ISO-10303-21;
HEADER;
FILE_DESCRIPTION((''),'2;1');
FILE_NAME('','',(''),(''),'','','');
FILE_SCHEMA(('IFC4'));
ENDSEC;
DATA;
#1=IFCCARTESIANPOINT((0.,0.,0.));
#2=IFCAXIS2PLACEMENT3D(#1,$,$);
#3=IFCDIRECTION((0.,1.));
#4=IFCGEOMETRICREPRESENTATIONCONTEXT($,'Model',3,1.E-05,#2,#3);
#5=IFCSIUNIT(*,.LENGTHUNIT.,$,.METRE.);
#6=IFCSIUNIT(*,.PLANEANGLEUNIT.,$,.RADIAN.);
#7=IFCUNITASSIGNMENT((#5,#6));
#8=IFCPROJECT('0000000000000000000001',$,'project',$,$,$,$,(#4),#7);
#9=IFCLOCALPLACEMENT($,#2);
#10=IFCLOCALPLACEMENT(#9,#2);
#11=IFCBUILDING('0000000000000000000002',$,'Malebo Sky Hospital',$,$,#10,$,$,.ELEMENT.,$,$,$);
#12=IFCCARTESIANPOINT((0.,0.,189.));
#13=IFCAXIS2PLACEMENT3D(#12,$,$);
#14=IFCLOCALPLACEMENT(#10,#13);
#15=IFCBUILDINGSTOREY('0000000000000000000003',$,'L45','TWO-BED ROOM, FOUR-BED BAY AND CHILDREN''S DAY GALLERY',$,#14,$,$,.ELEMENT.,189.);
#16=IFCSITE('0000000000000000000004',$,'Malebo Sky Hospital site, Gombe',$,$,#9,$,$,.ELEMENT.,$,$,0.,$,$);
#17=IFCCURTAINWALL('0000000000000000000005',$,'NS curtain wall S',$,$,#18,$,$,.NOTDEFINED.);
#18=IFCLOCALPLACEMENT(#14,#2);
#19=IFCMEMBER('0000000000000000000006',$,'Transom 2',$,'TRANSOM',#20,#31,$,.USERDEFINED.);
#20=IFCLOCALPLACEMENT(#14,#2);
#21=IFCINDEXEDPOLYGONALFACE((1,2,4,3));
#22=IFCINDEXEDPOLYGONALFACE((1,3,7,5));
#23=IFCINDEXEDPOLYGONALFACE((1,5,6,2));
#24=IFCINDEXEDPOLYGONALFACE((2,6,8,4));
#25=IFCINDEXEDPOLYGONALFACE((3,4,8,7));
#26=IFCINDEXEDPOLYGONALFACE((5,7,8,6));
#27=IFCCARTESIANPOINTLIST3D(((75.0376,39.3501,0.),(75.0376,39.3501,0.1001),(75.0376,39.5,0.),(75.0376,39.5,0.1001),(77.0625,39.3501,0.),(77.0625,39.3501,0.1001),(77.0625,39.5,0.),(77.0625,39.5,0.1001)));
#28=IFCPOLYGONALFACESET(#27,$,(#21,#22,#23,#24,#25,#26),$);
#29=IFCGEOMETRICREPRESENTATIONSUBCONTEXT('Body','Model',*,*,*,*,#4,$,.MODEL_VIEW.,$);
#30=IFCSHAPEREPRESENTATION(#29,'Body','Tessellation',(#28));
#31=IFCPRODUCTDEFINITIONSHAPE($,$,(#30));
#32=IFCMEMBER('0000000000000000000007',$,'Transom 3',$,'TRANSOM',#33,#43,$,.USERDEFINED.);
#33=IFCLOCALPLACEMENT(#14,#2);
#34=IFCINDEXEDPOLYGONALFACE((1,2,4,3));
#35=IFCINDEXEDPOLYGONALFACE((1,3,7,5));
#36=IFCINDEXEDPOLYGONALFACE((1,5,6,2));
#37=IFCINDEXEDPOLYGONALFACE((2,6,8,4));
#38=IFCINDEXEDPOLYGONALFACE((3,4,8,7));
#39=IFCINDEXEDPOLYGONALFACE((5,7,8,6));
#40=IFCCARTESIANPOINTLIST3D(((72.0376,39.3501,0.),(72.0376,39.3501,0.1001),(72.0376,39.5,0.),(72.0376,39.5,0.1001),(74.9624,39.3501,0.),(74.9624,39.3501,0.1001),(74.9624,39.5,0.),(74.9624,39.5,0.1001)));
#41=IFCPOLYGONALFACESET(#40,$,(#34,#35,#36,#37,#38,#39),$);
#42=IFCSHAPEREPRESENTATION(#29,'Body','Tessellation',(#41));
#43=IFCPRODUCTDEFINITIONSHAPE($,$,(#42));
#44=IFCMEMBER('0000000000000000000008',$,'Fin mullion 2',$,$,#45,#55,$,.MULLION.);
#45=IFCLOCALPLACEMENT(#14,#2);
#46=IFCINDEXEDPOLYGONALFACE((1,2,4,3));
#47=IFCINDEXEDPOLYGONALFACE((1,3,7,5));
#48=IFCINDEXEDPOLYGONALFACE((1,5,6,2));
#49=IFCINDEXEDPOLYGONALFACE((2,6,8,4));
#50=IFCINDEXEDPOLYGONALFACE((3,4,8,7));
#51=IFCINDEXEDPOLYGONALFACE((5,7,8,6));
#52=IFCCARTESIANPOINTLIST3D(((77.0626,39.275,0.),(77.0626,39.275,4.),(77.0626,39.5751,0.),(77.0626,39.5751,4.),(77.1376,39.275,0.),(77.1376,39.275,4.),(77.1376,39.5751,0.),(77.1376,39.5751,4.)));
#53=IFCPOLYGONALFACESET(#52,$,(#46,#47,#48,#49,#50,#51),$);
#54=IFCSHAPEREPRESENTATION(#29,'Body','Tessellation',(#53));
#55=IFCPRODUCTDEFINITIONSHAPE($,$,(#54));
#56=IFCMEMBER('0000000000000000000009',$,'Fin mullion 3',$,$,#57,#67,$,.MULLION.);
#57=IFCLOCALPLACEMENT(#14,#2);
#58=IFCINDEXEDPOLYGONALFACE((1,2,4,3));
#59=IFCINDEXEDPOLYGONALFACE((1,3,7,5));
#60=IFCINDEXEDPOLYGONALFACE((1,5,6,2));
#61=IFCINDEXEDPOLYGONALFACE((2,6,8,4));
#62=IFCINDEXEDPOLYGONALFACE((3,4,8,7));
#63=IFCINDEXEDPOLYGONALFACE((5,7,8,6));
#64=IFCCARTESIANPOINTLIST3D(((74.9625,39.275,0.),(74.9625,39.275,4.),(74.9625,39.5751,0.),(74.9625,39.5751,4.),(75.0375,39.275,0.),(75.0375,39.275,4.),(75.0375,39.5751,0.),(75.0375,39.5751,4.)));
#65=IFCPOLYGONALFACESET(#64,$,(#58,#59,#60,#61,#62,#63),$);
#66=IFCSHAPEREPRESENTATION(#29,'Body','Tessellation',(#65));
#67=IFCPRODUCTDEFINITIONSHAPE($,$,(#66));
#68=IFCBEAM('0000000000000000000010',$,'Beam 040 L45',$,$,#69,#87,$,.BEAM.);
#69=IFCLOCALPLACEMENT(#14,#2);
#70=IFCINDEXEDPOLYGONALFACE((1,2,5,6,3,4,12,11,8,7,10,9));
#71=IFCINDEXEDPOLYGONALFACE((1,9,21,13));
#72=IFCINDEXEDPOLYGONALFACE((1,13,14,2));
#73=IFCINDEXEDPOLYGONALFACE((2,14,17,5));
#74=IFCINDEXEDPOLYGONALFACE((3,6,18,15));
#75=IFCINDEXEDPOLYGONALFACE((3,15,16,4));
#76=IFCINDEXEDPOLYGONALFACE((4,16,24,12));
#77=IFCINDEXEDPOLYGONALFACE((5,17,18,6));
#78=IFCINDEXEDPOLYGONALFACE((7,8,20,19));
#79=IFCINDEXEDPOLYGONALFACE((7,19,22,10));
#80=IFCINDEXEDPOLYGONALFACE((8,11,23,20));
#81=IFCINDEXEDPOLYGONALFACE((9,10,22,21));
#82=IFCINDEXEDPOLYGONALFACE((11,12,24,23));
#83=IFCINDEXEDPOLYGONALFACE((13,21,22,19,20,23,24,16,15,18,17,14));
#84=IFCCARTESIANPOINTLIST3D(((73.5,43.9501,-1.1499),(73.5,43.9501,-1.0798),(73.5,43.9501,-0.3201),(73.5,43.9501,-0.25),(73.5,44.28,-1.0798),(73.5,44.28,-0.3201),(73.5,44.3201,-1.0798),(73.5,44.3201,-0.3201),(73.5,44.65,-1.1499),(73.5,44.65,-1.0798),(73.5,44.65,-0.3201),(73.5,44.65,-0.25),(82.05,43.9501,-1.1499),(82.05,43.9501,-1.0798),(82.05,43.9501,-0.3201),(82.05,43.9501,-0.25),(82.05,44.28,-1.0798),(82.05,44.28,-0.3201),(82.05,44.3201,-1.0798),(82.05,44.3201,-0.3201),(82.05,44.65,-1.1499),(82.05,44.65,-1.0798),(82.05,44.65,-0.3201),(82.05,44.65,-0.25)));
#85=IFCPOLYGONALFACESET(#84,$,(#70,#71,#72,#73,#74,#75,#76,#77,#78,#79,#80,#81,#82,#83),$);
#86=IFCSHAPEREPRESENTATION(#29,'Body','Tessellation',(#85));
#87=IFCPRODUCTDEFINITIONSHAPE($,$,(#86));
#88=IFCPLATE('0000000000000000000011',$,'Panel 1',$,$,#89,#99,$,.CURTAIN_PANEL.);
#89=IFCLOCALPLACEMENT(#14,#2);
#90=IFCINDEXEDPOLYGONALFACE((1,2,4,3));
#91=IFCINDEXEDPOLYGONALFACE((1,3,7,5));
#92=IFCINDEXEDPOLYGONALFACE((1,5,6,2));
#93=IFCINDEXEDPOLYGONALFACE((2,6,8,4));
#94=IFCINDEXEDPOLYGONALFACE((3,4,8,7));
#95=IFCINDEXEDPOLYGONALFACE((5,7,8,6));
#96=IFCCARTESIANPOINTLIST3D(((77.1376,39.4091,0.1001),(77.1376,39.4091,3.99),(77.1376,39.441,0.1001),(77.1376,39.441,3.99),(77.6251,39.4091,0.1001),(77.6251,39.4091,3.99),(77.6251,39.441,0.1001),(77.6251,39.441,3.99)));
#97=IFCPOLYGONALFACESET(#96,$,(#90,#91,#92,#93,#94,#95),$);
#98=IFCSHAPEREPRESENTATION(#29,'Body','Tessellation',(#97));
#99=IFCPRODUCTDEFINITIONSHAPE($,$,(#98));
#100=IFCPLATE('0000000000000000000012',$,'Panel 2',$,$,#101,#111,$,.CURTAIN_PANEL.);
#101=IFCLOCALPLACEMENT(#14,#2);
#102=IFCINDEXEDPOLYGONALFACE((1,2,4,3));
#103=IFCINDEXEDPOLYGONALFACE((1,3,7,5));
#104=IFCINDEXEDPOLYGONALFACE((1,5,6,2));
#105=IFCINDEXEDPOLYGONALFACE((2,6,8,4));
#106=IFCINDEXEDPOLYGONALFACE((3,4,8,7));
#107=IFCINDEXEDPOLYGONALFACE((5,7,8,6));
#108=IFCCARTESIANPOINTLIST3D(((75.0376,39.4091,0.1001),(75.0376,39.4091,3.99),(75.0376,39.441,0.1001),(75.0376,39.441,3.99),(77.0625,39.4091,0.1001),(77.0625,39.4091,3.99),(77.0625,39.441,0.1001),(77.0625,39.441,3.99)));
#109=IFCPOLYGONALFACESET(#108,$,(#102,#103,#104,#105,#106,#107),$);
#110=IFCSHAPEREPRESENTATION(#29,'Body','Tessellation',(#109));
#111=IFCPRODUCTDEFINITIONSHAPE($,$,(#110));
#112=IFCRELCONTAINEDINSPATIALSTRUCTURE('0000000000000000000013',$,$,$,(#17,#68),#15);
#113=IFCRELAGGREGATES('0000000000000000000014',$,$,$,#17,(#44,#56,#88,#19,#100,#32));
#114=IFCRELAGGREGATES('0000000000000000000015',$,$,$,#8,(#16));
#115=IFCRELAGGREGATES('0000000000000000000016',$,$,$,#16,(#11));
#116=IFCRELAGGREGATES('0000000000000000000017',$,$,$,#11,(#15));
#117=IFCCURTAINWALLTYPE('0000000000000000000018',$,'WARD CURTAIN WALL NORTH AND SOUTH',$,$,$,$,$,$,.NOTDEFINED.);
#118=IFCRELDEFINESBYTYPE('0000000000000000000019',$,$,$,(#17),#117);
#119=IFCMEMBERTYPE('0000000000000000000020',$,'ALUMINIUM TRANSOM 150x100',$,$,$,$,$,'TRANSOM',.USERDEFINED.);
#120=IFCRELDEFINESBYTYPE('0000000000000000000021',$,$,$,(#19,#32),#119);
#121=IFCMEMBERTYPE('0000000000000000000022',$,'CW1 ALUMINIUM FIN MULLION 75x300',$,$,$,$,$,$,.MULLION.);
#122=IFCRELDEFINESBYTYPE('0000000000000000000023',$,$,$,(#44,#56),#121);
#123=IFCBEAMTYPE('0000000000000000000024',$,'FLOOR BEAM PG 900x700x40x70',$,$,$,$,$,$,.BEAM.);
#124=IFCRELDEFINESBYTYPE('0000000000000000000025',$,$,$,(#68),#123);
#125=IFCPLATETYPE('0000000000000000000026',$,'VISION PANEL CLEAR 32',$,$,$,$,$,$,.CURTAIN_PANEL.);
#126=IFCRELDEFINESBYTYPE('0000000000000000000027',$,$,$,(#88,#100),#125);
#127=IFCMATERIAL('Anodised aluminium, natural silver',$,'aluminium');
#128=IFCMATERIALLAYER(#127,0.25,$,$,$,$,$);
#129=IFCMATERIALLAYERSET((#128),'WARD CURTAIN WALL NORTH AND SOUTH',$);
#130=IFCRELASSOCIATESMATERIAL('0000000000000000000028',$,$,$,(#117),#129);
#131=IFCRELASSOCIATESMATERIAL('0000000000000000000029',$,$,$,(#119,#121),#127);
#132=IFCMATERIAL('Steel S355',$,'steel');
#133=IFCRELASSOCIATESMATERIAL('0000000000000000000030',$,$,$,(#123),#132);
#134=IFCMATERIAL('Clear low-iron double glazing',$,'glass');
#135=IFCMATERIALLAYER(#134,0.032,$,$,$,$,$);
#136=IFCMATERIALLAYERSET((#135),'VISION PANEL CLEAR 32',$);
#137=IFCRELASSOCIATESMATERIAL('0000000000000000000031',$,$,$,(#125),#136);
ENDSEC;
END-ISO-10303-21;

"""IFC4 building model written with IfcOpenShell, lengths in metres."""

from ifc_helpers import new_model, si_unit, direction, frame, origin, origin_2d, place, context, subcontext, project, spatial, rectangle, i_section, extrude, material, layer, layer_set, material_profile, profile_set, type_object, element, aggregate, save


model = new_model("IFC4")

# Units and contexts
model_context = context("Model", 3, precision=1e-05, world=origin(), true_north=direction((0.0, 1.0)))
body_context = subcontext(model_context, "Body", "Model", "MODEL_VIEW")
ifc_project = project(units=[si_unit("LENGTHUNIT", "METRE"), si_unit("PLANEANGLEUNIT", "RADIAN")], contexts=[model_context])

# Site, building, storey
site_placement = place(None, origin())
site = spatial("IfcSite", under=ifc_project, at=site_placement, Name="Malebo Sky Hospital site, Gombe", CompositionType="ELEMENT", RefElevation=0.0)
building_placement = place(site_placement, origin())
building = spatial("IfcBuilding", under=site, at=building_placement, Name="Malebo Sky Hospital", CompositionType="ELEMENT")
storey_placement = place(building_placement, frame((0.0, 0.0, 189.0)))
storey = spatial("IfcBuildingStorey", under=building, at=storey_placement, Name="L45", Description="TWO-BED ROOM, FOUR-BED BAY AND CHILDREN'S DAY GALLERY", CompositionType="ELEMENT", Elevation=189.0)

# Curtain wall, members
ifc_material_1 = material(Name="Anodised aluminium, natural silver", Category="aluminium")
ifc_layer_1 = layer(ifc_material_1, 0.25)
ifc_layer_set_1 = layer_set([ifc_layer_1], Name="WARD CURTAIN WALL NORTH AND SOUTH")
curtain_wall_type = type_object("IfcCurtainWallType", Name="WARD CURTAIN WALL NORTH AND SOUTH", PredefinedType="NOTDEFINED", material=ifc_layer_set_1)
curtain_wall_placement = place(storey_placement, origin())
curtain_wall = element("IfcCurtainWall", 1, at=curtain_wall_placement, inside=storey, type_object=curtain_wall_type, Name="NS curtain wall S", PredefinedType="NOTDEFINED")
ifc_material_profile_1 = material_profile(ifc_material_1, rectangle(XDim=0.1499, YDim=0.1001, at=origin_2d()), Name="ALUMINIUM TRANSOM 150x100")
ifc_profile_set_1 = profile_set([ifc_material_profile_1], Name="Anodised aluminium, natural silver")
member_type_1 = type_object("IfcMemberType", Name="ALUMINIUM TRANSOM 150x100", ElementType="TRANSOM", PredefinedType="USERDEFINED", material=ifc_profile_set_1)
member_1_placement = place(storey_placement, frame((77.0625, 39.425, 0.05), z_axis=(-1.0, 0.0, 0.0), x_axis=(0.0, -1.0, 0.0)))
member_1 = element("IfcMember", 2, at=member_1_placement, type_object=member_type_1, Name="Transom 2", ObjectType="TRANSOM", PredefinedType="USERDEFINED", context=body_context, shape_type="SweptSolid", body=[
    extrude(rectangle(XDim=0.1499, YDim=0.1001, at=origin_2d()), origin(), (0.0, 0.0, 1.0), 2.0249),
])
member_2_placement = place(storey_placement, frame((74.9624, 39.425, 0.05), z_axis=(-1.0, 0.0, 0.0), x_axis=(0.0, -1.0, 0.0)))
member_2 = element("IfcMember", 3, at=member_2_placement, type_object=member_type_1, Name="Transom 3", ObjectType="TRANSOM", PredefinedType="USERDEFINED", context=body_context, shape_type="SweptSolid", body=[
    extrude(rectangle(XDim=0.1499, YDim=0.1001, at=origin_2d()), origin(), (0.0, 0.0, 1.0), 2.9248),
])
ifc_material_profile_2 = material_profile(ifc_material_1, rectangle(XDim=0.075, YDim=0.3, at=origin_2d()), Name="CW1 ALUMINIUM FIN MULLION 75x300")
ifc_profile_set_2 = profile_set([ifc_material_profile_2], Name="Anodised aluminium, natural silver")
member_type_2 = type_object("IfcMemberType", Name="CW1 ALUMINIUM FIN MULLION 75x300", PredefinedType="MULLION", material=ifc_profile_set_2)
member_3_placement = place(storey_placement, frame((77.1001, 39.425, 0.0), z_axis=(0.0, 0.0, 1.0), x_axis=(-1.0, 0.0, 0.0)))
member_3 = element("IfcMember", 4, at=member_3_placement, type_object=member_type_2, Name="Fin mullion 2", PredefinedType="MULLION", context=body_context, shape_type="SweptSolid", body=[
    extrude(rectangle(XDim=0.075, YDim=0.3, at=origin_2d()), origin(), (0.0, 0.0, 1.0), 4.0),
])
member_4_placement = place(storey_placement, frame((75.0, 39.425, 0.0), z_axis=(0.0, 0.0, 1.0), x_axis=(-1.0, 0.0, 0.0)))
member_4 = element("IfcMember", 5, at=member_4_placement, type_object=member_type_2, Name="Fin mullion 3", PredefinedType="MULLION", context=body_context, shape_type="SweptSolid", body=[
    extrude(rectangle(XDim=0.075, YDim=0.3, at=origin_2d()), origin(), (0.0, 0.0, 1.0), 4.0),
])

# Beam
ifc_material_2 = material(Name="Steel S355", Category="steel")
ifc_material_profile_3 = material_profile(ifc_material_2, i_section(OverallWidth=0.7, OverallDepth=0.8999, WebThickness=0.04, FlangeThickness=0.0701, at=origin_2d()), Name="PG 900x700x40x70")
ifc_profile_set_3 = profile_set([ifc_material_profile_3], Name="Steel S355")
beam_type = type_object("IfcBeamType", Name="FLOOR BEAM PG 900x700x40x70", PredefinedType="BEAM", material=ifc_profile_set_3)
beam_placement = place(storey_placement, frame((73.5, 44.3, -0.7), z_axis=(1.0, 0.0, 0.0), x_axis=(0.0, 1.0, 0.0)))
element("IfcBeam", 6, at=beam_placement, inside=storey, type_object=beam_type, Name="Beam 040 L45", PredefinedType="BEAM", context=body_context, shape_type="SweptSolid", body=[
    extrude(i_section(OverallWidth=0.7, OverallDepth=0.8999, WebThickness=0.04, FlangeThickness=0.0701, at=origin_2d()), origin(), (0.0, 0.0, 1.0), 8.55),
])

# Plates
ifc_material_3 = material(Name="Clear low-iron double glazing", Category="glass")
ifc_layer_2 = layer(ifc_material_3, 0.032)
ifc_layer_set_2 = layer_set([ifc_layer_2], Name="VISION PANEL CLEAR 32")
plate_type = type_object("IfcPlateType", Name="VISION PANEL CLEAR 32", PredefinedType="CURTAIN_PANEL", material=ifc_layer_set_2)
plate_1_placement = place(storey_placement, frame((77.3813, 39.425, 0.1001), z_axis=(0.0, 0.0, 1.0), x_axis=(-1.0, 0.0, 0.0)))
plate_1 = element("IfcPlate", 7, at=plate_1_placement, type_object=plate_type, Name="Panel 1", PredefinedType="CURTAIN_PANEL", context=body_context, shape_type="SweptSolid", body=[
    extrude(rectangle(XDim=0.4875, YDim=0.032, at=origin_2d()), origin(), (0.0, 0.0, 1.0), 3.8899),
])
plate_2_placement = place(storey_placement, frame((76.05, 39.425, 0.1001), z_axis=(0.0, 0.0, 1.0), x_axis=(-1.0, 0.0, 0.0)))
plate_2 = element("IfcPlate", 8, at=plate_2_placement, type_object=plate_type, Name="Panel 2", PredefinedType="CURTAIN_PANEL", context=body_context, shape_type="SweptSolid", body=[
    extrude(rectangle(XDim=2.0249, YDim=0.032, at=origin_2d()), origin(), (0.0, 0.0, 1.0), 3.8899),
])
aggregate(curtain_wall, [member_3, member_4, plate_1, member_1, plate_2, member_2])

save(model, "model.ifc")
